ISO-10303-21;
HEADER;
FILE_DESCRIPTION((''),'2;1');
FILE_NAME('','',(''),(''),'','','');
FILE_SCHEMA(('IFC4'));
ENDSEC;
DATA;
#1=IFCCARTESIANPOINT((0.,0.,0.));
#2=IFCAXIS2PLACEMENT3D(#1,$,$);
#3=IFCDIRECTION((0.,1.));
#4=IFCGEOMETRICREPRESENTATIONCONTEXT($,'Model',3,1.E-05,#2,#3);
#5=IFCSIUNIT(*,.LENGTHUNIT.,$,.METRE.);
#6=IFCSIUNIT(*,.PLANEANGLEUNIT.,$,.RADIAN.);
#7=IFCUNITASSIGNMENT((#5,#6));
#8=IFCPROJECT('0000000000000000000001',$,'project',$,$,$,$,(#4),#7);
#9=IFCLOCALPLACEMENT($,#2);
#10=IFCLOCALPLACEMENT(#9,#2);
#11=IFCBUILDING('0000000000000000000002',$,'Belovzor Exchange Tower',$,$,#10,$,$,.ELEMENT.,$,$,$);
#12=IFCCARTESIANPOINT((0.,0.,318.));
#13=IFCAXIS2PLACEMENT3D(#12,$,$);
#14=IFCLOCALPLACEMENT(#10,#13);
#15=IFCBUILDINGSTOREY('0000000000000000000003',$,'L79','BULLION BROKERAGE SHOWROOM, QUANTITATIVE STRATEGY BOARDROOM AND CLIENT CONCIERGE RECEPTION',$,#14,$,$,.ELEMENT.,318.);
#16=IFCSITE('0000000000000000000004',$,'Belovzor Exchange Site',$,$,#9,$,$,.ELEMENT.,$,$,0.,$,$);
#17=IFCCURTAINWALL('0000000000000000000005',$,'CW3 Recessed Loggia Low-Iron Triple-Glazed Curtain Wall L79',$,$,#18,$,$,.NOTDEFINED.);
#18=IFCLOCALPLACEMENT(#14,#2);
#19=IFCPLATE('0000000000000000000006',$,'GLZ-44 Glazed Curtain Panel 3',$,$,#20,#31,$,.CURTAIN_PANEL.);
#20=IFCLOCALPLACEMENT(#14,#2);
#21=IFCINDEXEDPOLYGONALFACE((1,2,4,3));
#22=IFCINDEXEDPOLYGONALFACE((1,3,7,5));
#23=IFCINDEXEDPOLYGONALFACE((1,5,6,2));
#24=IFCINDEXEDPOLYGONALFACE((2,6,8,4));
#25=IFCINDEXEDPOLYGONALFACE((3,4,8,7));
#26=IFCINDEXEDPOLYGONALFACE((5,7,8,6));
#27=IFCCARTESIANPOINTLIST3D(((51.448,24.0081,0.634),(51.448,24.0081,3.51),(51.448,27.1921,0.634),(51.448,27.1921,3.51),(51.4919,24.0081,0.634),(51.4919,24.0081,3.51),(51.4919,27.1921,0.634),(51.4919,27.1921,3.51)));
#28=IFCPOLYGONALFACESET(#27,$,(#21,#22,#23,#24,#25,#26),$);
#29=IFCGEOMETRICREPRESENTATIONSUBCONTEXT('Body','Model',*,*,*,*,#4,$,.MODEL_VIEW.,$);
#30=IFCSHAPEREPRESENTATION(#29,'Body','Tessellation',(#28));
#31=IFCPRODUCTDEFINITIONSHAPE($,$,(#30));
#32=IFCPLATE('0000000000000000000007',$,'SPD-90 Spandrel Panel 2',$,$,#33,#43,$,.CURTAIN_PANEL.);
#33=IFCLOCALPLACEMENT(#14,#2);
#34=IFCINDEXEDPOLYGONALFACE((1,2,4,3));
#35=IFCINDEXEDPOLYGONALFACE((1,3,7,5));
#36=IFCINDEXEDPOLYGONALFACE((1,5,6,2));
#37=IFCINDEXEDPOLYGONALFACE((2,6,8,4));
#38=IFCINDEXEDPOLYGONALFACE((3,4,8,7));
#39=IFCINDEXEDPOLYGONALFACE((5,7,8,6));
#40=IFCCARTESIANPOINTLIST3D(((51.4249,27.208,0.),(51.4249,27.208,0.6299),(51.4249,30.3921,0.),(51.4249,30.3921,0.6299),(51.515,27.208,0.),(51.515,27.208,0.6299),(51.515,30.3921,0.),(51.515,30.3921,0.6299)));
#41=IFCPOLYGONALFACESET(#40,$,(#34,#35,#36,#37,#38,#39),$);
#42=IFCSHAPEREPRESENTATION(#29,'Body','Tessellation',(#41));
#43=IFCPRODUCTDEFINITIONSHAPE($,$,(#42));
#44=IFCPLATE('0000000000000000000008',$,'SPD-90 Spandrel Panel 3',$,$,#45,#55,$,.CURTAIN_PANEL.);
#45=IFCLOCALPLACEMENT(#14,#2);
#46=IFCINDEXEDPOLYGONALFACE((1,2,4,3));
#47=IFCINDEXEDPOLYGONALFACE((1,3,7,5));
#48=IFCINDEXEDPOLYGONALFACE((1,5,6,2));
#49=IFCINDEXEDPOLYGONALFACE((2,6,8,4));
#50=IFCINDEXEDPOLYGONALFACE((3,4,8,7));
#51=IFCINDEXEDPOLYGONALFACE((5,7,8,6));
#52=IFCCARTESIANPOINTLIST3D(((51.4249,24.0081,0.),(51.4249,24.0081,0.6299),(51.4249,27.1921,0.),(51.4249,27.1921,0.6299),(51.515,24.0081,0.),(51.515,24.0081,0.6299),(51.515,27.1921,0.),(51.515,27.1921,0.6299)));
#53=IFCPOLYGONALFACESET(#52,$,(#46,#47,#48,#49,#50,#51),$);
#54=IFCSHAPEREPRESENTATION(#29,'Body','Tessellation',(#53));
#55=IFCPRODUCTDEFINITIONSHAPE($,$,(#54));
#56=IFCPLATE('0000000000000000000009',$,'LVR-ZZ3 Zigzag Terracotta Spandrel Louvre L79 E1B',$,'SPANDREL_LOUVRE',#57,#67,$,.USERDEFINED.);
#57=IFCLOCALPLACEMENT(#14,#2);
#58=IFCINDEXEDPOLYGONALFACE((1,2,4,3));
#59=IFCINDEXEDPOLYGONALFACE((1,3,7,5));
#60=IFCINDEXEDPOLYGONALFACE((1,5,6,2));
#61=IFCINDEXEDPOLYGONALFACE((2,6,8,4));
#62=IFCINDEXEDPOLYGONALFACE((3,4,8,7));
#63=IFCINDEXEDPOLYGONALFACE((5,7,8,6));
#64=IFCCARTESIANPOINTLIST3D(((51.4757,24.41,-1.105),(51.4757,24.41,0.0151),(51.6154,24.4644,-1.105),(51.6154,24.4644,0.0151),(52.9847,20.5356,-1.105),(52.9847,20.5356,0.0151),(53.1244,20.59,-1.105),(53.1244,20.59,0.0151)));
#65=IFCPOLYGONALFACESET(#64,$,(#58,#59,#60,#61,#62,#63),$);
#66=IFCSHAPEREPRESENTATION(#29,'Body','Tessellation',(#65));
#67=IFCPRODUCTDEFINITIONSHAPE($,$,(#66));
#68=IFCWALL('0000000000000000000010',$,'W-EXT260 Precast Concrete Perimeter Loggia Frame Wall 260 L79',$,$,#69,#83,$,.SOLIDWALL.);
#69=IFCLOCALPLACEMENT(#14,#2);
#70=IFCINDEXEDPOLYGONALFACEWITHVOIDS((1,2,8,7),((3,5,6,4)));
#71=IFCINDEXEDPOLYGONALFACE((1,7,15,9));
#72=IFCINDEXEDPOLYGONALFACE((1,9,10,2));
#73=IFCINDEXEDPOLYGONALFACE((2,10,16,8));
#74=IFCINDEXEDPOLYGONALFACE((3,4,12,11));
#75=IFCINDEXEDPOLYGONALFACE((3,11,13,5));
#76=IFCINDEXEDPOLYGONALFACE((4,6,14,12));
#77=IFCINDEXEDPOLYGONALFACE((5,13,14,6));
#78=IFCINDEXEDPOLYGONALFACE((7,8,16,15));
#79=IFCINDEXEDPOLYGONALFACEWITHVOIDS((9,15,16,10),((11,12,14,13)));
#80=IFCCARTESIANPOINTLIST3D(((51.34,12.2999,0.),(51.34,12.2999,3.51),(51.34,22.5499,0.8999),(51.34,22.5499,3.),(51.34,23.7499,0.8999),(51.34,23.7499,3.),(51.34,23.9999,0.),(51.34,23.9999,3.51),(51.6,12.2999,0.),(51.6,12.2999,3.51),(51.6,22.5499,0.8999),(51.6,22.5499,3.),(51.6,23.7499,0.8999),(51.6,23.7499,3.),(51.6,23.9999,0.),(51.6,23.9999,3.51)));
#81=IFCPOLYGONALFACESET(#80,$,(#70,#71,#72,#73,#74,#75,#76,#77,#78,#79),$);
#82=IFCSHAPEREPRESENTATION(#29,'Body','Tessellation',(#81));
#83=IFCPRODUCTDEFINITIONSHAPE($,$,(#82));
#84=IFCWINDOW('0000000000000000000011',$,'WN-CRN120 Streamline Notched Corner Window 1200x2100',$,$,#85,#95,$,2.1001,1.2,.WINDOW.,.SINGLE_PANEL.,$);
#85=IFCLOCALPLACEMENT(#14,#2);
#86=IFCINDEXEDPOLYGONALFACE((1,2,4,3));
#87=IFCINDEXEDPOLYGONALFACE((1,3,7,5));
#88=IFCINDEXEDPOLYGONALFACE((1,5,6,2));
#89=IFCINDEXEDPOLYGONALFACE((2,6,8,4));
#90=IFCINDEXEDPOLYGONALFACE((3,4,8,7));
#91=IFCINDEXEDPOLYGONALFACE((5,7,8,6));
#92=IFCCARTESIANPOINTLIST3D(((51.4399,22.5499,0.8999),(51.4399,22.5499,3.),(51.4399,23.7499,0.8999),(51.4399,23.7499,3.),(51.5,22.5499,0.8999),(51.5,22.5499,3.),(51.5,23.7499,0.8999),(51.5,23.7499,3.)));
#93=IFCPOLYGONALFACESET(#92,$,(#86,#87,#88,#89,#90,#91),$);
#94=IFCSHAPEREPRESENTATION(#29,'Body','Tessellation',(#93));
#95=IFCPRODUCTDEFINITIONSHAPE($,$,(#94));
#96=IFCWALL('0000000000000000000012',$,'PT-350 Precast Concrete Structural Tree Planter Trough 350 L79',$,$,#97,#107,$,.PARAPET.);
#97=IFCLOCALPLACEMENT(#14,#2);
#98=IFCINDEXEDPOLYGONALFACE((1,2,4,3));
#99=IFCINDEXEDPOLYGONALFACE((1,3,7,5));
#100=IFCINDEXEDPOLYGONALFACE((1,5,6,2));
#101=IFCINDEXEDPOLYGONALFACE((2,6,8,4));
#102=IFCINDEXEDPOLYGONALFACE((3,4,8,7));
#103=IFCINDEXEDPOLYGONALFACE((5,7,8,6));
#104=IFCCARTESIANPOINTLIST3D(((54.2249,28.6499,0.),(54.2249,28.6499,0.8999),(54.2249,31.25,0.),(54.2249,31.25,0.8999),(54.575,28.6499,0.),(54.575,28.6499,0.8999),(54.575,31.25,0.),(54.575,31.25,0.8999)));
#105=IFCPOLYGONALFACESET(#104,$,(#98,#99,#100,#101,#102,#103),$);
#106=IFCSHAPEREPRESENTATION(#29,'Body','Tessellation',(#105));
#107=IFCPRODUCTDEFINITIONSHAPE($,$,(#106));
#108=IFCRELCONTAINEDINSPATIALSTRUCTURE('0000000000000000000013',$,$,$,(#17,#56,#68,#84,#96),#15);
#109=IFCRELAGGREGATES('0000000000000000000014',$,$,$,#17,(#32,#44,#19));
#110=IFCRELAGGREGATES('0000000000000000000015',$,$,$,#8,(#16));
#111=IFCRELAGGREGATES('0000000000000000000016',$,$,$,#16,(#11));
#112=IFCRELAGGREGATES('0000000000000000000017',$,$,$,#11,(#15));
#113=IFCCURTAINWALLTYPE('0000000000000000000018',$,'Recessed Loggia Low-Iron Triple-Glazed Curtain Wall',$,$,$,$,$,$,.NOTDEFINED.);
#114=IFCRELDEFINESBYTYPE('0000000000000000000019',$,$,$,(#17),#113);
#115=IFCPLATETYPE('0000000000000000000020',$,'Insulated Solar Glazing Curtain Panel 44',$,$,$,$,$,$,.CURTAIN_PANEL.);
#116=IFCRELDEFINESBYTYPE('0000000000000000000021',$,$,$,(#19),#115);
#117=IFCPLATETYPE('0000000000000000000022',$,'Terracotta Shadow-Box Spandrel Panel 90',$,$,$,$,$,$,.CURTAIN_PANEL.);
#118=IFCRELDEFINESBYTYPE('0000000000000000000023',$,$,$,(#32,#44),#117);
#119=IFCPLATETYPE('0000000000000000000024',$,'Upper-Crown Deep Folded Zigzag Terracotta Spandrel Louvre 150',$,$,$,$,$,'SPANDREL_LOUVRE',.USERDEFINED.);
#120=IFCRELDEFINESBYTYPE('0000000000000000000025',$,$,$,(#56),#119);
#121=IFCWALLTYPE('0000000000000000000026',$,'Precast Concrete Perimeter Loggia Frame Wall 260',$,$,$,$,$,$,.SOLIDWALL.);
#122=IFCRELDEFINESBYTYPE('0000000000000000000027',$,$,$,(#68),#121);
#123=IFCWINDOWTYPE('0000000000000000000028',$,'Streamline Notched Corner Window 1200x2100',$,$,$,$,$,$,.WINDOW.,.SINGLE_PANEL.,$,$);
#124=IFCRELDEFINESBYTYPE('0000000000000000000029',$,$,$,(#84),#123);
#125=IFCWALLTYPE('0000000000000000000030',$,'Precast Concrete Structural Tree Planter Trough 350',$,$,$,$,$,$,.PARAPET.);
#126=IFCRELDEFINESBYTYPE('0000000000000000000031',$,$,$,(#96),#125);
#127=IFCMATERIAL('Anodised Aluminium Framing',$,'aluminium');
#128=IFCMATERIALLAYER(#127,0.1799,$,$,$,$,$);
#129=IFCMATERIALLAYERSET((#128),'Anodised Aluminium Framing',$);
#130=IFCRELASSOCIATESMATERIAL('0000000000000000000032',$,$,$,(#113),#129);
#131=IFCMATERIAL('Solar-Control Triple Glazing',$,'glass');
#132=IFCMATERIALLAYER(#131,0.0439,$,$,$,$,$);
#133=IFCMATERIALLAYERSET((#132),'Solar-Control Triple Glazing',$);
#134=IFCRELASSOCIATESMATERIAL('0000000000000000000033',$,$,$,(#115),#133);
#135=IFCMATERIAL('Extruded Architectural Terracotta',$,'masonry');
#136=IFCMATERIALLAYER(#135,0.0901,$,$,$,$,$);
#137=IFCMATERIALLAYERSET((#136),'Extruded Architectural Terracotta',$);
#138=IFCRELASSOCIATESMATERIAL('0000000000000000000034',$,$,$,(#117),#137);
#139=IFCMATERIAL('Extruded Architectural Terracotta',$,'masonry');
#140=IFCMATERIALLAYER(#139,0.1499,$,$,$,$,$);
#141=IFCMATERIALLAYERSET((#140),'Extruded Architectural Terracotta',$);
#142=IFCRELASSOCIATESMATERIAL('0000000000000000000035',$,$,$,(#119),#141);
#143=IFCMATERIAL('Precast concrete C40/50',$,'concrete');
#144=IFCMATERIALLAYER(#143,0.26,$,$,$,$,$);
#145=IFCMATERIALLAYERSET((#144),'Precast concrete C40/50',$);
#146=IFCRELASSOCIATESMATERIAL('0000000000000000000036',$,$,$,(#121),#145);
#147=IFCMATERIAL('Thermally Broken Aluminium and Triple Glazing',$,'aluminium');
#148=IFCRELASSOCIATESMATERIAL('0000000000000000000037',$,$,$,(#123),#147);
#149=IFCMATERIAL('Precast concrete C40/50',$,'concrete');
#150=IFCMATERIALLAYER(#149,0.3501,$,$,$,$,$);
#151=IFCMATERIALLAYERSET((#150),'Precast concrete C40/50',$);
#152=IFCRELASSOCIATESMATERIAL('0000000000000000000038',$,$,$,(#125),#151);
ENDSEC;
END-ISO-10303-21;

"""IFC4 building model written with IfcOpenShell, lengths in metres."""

from ifc_helpers import new_model, si_unit, direction, frame, frame_2d, origin, origin_2d, place, context, subcontext, project, spatial, rectangle, extrude, material, layer, layer_set, type_object, element, fill, aggregate, save


model = new_model("IFC4")

# Units and contexts
model_context = context("Model", 3, precision=1e-05, world=origin(), true_north=direction((0.0, 1.0)))
body_context = subcontext(model_context, "Body", "Model", "MODEL_VIEW")
ifc_project = project(units=[si_unit("LENGTHUNIT", "METRE"), si_unit("PLANEANGLEUNIT", "RADIAN")], contexts=[model_context])

# Site, building, storey
site_placement = place(None, origin())
site = spatial("IfcSite", under=ifc_project, at=site_placement, Name="Belovzor Exchange Site", CompositionType="ELEMENT", RefElevation=0.0)
building_placement = place(site_placement, origin())
building = spatial("IfcBuilding", under=site, at=building_placement, Name="Belovzor Exchange Tower", CompositionType="ELEMENT")
storey_placement = place(building_placement, frame((0.0, 0.0, 318.0)))
storey = spatial("IfcBuildingStorey", under=building, at=storey_placement, Name="L79", Description="BULLION BROKERAGE SHOWROOM, QUANTITATIVE STRATEGY BOARDROOM AND CLIENT CONCIERGE RECEPTION", CompositionType="ELEMENT", Elevation=318.0)

# Curtain wall
ifc_material_1 = material(Name="Anodised Aluminium Framing", Category="aluminium")
ifc_layer_1 = layer(ifc_material_1, 0.1799)
ifc_layer_set_1 = layer_set([ifc_layer_1], Name="Anodised Aluminium Framing")
curtain_wall_type = type_object("IfcCurtainWallType", Name="Recessed Loggia Low-Iron Triple-Glazed Curtain Wall", PredefinedType="NOTDEFINED", material=ifc_layer_set_1)
curtain_wall_placement = place(storey_placement, origin())
curtain_wall = element("IfcCurtainWall", 1, at=curtain_wall_placement, inside=storey, type_object=curtain_wall_type, Name="CW3 Recessed Loggia Low-Iron Triple-Glazed Curtain Wall L79", PredefinedType="NOTDEFINED")

# Plates
ifc_material_2 = material(Name="Solar-Control Triple Glazing", Category="glass")
ifc_layer_2 = layer(ifc_material_2, 0.0439)
ifc_layer_set_2 = layer_set([ifc_layer_2], Name="Solar-Control Triple Glazing")
plate_type_1 = type_object("IfcPlateType", Name="Insulated Solar Glazing Curtain Panel 44", PredefinedType="CURTAIN_PANEL", material=ifc_layer_set_2)
plate_1_placement = place(storey_placement, frame((51.47, 25.6001, 0.634), z_axis=(0.0, 0.0, 1.0), x_axis=(0.0, -1.0, 0.0)))
plate_1 = element("IfcPlate", 2, at=plate_1_placement, type_object=plate_type_1, Name="GLZ-44 Glazed Curtain Panel 3", PredefinedType="CURTAIN_PANEL", context=body_context, shape_type="SweptSolid", body=[
    extrude(rectangle(XDim=3.1841, YDim=0.0439, at=origin_2d()), origin(), (0.0, 0.0, 1.0), 2.876),
])
ifc_material_3 = material(Name="Extruded Architectural Terracotta", Category="masonry")
ifc_layer_3 = layer(ifc_material_3, 0.0901)
ifc_layer_set_3 = layer_set([ifc_layer_3], Name="Extruded Architectural Terracotta")
plate_type_2 = type_object("IfcPlateType", Name="Terracotta Shadow-Box Spandrel Panel 90", PredefinedType="CURTAIN_PANEL", material=ifc_layer_set_3)
plate_2_placement = place(storey_placement, frame((51.47, 28.8, 0.0), z_axis=(0.0, 0.0, 1.0), x_axis=(0.0, -1.0, 0.0)))
plate_2 = element("IfcPlate", 3, at=plate_2_placement, type_object=plate_type_2, Name="SPD-90 Spandrel Panel 2", PredefinedType="CURTAIN_PANEL", context=body_context, shape_type="SweptSolid", body=[
    extrude(rectangle(XDim=3.1841, YDim=0.0901, at=origin_2d()), origin(), (0.0, 0.0, 1.0), 0.6299),
])
plate_3_placement = place(storey_placement, frame((51.47, 25.6001, 0.0), z_axis=(0.0, 0.0, 1.0), x_axis=(0.0, -1.0, 0.0)))
plate_3 = element("IfcPlate", 4, at=plate_3_placement, type_object=plate_type_2, Name="SPD-90 Spandrel Panel 3", PredefinedType="CURTAIN_PANEL", context=body_context, shape_type="SweptSolid", body=[
    extrude(rectangle(XDim=3.1841, YDim=0.0901, at=origin_2d()), origin(), (0.0, 0.0, 1.0), 0.6299),
])
aggregate(curtain_wall, [plate_2, plate_3, plate_1])
ifc_material_4 = material(Name="Extruded Architectural Terracotta", Category="masonry")
ifc_layer_4 = layer(ifc_material_4, 0.1499)
ifc_layer_set_4 = layer_set([ifc_layer_4], Name="Extruded Architectural Terracotta")
plate_type_3 = type_object("IfcPlateType", Name="Upper-Crown Deep Folded Zigzag Terracotta Spandrel Louvre 150", ElementType="SPANDREL_LOUVRE", PredefinedType="USERDEFINED", material=ifc_layer_set_4)
plate_4_placement = place(storey_placement, frame((52.3, 22.5, -1.105), z_axis=(0.0, 0.0, 1.0), x_axis=(-0.362926, 0.931818, 0.0)))
element("IfcPlate", 5, at=plate_4_placement, inside=storey, type_object=plate_type_3, Name="LVR-ZZ3 Zigzag Terracotta Spandrel Louvre L79 E1B", ObjectType="SPANDREL_LOUVRE", PredefinedType="USERDEFINED", context=body_context, shape_type="SweptSolid", body=[
    extrude(rectangle(XDim=4.158, YDim=0.1499, at=origin_2d()), origin(), (0.0, 0.0, 1.0), 1.1201),
])

# Wall, opening, window
ifc_material_5 = material(Name="Precast concrete C40/50", Category="concrete")
ifc_layer_5 = layer(ifc_material_5, 0.26)
ifc_layer_set_5 = layer_set([ifc_layer_5], Name="Precast concrete C40/50")
wall_type_1 = type_object("IfcWallType", Name="Precast Concrete Perimeter Loggia Frame Wall 260", PredefinedType="SOLIDWALL", material=ifc_layer_set_5)
wall_1_placement = place(storey_placement, frame((51.47, 24.0, 0.0), z_axis=(0.0, 0.0, 1.0), x_axis=(0.0, -1.0, 0.0)))
wall_1 = element("IfcWall", 6, at=wall_1_placement, inside=storey, type_object=wall_type_1, Name="W-EXT260 Precast Concrete Perimeter Loggia Frame Wall 260 L79", PredefinedType="SOLIDWALL", context=body_context, shape_type="SweptSolid", body=[
    extrude(rectangle(XDim=11.7, YDim=0.26, at=frame_2d((5.8501, 0.0))), origin(), (0.0, 0.0, 1.0), 3.51),
])
opening_placement = place(wall_1_placement, frame((0.25, 0.0, 0.8999)))
opening = element("IfcOpeningElement", 7, at=opening_placement, cuts=wall_1, PredefinedType="OPENING", context=body_context, shape_type="SweptSolid", body=[
    extrude(rectangle(XDim=1.2, YDim=2.1001, at=frame_2d((0.6001, 1.05))), frame((0.0, 0.1399, 0.0), z_axis=(0.0, -1.0, 0.0), x_axis=(1.0, 0.0, 0.0)), (0.0, 0.0, 1.0), 0.28),
])
ifc_material_6 = material(Name="Thermally Broken Aluminium and Triple Glazing", Category="aluminium")
window_type = type_object("IfcWindowType", Name="Streamline Notched Corner Window 1200x2100", PartitioningType="SINGLE_PANEL", PredefinedType="WINDOW", material=ifc_material_6)
window_placement = place(opening_placement, origin())
window = element("IfcWindow", 8, at=window_placement, inside=storey, type_object=window_type, Name="WN-CRN120 Streamline Notched Corner Window 1200x2100", OverallHeight=2.1001, OverallWidth=1.2, PartitioningType="SINGLE_PANEL", PredefinedType="WINDOW", context=body_context, shape_type="SweptSolid", body=[
    extrude(rectangle(XDim=1.2, YDim=2.1001, at=frame_2d((0.6001, 1.05))), frame((0.0, 0.03, 0.0), z_axis=(0.0, -1.0, 0.0), x_axis=(1.0, 0.0, 0.0)), (0.0, 0.0, 1.0), 0.0601),
])
fill(opening, window)

# Wall
ifc_material_7 = material(Name="Precast concrete C40/50", Category="concrete")
ifc_layer_6 = layer(ifc_material_7, 0.3501)
ifc_layer_set_6 = layer_set([ifc_layer_6], Name="Precast concrete C40/50")
wall_type_2 = type_object("IfcWallType", Name="Precast Concrete Structural Tree Planter Trough 350", PredefinedType="PARAPET", material=ifc_layer_set_6)
wall_2_placement = place(storey_placement, frame((54.3999, 28.6499, 0.0), z_axis=(0.0, 0.0, 1.0), x_axis=(0.0, 1.0, 0.0)))
element("IfcWall", 9, at=wall_2_placement, inside=storey, type_object=wall_type_2, Name="PT-350 Precast Concrete Structural Tree Planter Trough 350 L79", PredefinedType="PARAPET", context=body_context, shape_type="SweptSolid", body=[
    extrude(rectangle(XDim=2.6001, YDim=0.3501, at=frame_2d((1.3, 0.0))), origin(), (0.0, 0.0, 1.0), 0.8999),
])

save(model, "model.ifc")
